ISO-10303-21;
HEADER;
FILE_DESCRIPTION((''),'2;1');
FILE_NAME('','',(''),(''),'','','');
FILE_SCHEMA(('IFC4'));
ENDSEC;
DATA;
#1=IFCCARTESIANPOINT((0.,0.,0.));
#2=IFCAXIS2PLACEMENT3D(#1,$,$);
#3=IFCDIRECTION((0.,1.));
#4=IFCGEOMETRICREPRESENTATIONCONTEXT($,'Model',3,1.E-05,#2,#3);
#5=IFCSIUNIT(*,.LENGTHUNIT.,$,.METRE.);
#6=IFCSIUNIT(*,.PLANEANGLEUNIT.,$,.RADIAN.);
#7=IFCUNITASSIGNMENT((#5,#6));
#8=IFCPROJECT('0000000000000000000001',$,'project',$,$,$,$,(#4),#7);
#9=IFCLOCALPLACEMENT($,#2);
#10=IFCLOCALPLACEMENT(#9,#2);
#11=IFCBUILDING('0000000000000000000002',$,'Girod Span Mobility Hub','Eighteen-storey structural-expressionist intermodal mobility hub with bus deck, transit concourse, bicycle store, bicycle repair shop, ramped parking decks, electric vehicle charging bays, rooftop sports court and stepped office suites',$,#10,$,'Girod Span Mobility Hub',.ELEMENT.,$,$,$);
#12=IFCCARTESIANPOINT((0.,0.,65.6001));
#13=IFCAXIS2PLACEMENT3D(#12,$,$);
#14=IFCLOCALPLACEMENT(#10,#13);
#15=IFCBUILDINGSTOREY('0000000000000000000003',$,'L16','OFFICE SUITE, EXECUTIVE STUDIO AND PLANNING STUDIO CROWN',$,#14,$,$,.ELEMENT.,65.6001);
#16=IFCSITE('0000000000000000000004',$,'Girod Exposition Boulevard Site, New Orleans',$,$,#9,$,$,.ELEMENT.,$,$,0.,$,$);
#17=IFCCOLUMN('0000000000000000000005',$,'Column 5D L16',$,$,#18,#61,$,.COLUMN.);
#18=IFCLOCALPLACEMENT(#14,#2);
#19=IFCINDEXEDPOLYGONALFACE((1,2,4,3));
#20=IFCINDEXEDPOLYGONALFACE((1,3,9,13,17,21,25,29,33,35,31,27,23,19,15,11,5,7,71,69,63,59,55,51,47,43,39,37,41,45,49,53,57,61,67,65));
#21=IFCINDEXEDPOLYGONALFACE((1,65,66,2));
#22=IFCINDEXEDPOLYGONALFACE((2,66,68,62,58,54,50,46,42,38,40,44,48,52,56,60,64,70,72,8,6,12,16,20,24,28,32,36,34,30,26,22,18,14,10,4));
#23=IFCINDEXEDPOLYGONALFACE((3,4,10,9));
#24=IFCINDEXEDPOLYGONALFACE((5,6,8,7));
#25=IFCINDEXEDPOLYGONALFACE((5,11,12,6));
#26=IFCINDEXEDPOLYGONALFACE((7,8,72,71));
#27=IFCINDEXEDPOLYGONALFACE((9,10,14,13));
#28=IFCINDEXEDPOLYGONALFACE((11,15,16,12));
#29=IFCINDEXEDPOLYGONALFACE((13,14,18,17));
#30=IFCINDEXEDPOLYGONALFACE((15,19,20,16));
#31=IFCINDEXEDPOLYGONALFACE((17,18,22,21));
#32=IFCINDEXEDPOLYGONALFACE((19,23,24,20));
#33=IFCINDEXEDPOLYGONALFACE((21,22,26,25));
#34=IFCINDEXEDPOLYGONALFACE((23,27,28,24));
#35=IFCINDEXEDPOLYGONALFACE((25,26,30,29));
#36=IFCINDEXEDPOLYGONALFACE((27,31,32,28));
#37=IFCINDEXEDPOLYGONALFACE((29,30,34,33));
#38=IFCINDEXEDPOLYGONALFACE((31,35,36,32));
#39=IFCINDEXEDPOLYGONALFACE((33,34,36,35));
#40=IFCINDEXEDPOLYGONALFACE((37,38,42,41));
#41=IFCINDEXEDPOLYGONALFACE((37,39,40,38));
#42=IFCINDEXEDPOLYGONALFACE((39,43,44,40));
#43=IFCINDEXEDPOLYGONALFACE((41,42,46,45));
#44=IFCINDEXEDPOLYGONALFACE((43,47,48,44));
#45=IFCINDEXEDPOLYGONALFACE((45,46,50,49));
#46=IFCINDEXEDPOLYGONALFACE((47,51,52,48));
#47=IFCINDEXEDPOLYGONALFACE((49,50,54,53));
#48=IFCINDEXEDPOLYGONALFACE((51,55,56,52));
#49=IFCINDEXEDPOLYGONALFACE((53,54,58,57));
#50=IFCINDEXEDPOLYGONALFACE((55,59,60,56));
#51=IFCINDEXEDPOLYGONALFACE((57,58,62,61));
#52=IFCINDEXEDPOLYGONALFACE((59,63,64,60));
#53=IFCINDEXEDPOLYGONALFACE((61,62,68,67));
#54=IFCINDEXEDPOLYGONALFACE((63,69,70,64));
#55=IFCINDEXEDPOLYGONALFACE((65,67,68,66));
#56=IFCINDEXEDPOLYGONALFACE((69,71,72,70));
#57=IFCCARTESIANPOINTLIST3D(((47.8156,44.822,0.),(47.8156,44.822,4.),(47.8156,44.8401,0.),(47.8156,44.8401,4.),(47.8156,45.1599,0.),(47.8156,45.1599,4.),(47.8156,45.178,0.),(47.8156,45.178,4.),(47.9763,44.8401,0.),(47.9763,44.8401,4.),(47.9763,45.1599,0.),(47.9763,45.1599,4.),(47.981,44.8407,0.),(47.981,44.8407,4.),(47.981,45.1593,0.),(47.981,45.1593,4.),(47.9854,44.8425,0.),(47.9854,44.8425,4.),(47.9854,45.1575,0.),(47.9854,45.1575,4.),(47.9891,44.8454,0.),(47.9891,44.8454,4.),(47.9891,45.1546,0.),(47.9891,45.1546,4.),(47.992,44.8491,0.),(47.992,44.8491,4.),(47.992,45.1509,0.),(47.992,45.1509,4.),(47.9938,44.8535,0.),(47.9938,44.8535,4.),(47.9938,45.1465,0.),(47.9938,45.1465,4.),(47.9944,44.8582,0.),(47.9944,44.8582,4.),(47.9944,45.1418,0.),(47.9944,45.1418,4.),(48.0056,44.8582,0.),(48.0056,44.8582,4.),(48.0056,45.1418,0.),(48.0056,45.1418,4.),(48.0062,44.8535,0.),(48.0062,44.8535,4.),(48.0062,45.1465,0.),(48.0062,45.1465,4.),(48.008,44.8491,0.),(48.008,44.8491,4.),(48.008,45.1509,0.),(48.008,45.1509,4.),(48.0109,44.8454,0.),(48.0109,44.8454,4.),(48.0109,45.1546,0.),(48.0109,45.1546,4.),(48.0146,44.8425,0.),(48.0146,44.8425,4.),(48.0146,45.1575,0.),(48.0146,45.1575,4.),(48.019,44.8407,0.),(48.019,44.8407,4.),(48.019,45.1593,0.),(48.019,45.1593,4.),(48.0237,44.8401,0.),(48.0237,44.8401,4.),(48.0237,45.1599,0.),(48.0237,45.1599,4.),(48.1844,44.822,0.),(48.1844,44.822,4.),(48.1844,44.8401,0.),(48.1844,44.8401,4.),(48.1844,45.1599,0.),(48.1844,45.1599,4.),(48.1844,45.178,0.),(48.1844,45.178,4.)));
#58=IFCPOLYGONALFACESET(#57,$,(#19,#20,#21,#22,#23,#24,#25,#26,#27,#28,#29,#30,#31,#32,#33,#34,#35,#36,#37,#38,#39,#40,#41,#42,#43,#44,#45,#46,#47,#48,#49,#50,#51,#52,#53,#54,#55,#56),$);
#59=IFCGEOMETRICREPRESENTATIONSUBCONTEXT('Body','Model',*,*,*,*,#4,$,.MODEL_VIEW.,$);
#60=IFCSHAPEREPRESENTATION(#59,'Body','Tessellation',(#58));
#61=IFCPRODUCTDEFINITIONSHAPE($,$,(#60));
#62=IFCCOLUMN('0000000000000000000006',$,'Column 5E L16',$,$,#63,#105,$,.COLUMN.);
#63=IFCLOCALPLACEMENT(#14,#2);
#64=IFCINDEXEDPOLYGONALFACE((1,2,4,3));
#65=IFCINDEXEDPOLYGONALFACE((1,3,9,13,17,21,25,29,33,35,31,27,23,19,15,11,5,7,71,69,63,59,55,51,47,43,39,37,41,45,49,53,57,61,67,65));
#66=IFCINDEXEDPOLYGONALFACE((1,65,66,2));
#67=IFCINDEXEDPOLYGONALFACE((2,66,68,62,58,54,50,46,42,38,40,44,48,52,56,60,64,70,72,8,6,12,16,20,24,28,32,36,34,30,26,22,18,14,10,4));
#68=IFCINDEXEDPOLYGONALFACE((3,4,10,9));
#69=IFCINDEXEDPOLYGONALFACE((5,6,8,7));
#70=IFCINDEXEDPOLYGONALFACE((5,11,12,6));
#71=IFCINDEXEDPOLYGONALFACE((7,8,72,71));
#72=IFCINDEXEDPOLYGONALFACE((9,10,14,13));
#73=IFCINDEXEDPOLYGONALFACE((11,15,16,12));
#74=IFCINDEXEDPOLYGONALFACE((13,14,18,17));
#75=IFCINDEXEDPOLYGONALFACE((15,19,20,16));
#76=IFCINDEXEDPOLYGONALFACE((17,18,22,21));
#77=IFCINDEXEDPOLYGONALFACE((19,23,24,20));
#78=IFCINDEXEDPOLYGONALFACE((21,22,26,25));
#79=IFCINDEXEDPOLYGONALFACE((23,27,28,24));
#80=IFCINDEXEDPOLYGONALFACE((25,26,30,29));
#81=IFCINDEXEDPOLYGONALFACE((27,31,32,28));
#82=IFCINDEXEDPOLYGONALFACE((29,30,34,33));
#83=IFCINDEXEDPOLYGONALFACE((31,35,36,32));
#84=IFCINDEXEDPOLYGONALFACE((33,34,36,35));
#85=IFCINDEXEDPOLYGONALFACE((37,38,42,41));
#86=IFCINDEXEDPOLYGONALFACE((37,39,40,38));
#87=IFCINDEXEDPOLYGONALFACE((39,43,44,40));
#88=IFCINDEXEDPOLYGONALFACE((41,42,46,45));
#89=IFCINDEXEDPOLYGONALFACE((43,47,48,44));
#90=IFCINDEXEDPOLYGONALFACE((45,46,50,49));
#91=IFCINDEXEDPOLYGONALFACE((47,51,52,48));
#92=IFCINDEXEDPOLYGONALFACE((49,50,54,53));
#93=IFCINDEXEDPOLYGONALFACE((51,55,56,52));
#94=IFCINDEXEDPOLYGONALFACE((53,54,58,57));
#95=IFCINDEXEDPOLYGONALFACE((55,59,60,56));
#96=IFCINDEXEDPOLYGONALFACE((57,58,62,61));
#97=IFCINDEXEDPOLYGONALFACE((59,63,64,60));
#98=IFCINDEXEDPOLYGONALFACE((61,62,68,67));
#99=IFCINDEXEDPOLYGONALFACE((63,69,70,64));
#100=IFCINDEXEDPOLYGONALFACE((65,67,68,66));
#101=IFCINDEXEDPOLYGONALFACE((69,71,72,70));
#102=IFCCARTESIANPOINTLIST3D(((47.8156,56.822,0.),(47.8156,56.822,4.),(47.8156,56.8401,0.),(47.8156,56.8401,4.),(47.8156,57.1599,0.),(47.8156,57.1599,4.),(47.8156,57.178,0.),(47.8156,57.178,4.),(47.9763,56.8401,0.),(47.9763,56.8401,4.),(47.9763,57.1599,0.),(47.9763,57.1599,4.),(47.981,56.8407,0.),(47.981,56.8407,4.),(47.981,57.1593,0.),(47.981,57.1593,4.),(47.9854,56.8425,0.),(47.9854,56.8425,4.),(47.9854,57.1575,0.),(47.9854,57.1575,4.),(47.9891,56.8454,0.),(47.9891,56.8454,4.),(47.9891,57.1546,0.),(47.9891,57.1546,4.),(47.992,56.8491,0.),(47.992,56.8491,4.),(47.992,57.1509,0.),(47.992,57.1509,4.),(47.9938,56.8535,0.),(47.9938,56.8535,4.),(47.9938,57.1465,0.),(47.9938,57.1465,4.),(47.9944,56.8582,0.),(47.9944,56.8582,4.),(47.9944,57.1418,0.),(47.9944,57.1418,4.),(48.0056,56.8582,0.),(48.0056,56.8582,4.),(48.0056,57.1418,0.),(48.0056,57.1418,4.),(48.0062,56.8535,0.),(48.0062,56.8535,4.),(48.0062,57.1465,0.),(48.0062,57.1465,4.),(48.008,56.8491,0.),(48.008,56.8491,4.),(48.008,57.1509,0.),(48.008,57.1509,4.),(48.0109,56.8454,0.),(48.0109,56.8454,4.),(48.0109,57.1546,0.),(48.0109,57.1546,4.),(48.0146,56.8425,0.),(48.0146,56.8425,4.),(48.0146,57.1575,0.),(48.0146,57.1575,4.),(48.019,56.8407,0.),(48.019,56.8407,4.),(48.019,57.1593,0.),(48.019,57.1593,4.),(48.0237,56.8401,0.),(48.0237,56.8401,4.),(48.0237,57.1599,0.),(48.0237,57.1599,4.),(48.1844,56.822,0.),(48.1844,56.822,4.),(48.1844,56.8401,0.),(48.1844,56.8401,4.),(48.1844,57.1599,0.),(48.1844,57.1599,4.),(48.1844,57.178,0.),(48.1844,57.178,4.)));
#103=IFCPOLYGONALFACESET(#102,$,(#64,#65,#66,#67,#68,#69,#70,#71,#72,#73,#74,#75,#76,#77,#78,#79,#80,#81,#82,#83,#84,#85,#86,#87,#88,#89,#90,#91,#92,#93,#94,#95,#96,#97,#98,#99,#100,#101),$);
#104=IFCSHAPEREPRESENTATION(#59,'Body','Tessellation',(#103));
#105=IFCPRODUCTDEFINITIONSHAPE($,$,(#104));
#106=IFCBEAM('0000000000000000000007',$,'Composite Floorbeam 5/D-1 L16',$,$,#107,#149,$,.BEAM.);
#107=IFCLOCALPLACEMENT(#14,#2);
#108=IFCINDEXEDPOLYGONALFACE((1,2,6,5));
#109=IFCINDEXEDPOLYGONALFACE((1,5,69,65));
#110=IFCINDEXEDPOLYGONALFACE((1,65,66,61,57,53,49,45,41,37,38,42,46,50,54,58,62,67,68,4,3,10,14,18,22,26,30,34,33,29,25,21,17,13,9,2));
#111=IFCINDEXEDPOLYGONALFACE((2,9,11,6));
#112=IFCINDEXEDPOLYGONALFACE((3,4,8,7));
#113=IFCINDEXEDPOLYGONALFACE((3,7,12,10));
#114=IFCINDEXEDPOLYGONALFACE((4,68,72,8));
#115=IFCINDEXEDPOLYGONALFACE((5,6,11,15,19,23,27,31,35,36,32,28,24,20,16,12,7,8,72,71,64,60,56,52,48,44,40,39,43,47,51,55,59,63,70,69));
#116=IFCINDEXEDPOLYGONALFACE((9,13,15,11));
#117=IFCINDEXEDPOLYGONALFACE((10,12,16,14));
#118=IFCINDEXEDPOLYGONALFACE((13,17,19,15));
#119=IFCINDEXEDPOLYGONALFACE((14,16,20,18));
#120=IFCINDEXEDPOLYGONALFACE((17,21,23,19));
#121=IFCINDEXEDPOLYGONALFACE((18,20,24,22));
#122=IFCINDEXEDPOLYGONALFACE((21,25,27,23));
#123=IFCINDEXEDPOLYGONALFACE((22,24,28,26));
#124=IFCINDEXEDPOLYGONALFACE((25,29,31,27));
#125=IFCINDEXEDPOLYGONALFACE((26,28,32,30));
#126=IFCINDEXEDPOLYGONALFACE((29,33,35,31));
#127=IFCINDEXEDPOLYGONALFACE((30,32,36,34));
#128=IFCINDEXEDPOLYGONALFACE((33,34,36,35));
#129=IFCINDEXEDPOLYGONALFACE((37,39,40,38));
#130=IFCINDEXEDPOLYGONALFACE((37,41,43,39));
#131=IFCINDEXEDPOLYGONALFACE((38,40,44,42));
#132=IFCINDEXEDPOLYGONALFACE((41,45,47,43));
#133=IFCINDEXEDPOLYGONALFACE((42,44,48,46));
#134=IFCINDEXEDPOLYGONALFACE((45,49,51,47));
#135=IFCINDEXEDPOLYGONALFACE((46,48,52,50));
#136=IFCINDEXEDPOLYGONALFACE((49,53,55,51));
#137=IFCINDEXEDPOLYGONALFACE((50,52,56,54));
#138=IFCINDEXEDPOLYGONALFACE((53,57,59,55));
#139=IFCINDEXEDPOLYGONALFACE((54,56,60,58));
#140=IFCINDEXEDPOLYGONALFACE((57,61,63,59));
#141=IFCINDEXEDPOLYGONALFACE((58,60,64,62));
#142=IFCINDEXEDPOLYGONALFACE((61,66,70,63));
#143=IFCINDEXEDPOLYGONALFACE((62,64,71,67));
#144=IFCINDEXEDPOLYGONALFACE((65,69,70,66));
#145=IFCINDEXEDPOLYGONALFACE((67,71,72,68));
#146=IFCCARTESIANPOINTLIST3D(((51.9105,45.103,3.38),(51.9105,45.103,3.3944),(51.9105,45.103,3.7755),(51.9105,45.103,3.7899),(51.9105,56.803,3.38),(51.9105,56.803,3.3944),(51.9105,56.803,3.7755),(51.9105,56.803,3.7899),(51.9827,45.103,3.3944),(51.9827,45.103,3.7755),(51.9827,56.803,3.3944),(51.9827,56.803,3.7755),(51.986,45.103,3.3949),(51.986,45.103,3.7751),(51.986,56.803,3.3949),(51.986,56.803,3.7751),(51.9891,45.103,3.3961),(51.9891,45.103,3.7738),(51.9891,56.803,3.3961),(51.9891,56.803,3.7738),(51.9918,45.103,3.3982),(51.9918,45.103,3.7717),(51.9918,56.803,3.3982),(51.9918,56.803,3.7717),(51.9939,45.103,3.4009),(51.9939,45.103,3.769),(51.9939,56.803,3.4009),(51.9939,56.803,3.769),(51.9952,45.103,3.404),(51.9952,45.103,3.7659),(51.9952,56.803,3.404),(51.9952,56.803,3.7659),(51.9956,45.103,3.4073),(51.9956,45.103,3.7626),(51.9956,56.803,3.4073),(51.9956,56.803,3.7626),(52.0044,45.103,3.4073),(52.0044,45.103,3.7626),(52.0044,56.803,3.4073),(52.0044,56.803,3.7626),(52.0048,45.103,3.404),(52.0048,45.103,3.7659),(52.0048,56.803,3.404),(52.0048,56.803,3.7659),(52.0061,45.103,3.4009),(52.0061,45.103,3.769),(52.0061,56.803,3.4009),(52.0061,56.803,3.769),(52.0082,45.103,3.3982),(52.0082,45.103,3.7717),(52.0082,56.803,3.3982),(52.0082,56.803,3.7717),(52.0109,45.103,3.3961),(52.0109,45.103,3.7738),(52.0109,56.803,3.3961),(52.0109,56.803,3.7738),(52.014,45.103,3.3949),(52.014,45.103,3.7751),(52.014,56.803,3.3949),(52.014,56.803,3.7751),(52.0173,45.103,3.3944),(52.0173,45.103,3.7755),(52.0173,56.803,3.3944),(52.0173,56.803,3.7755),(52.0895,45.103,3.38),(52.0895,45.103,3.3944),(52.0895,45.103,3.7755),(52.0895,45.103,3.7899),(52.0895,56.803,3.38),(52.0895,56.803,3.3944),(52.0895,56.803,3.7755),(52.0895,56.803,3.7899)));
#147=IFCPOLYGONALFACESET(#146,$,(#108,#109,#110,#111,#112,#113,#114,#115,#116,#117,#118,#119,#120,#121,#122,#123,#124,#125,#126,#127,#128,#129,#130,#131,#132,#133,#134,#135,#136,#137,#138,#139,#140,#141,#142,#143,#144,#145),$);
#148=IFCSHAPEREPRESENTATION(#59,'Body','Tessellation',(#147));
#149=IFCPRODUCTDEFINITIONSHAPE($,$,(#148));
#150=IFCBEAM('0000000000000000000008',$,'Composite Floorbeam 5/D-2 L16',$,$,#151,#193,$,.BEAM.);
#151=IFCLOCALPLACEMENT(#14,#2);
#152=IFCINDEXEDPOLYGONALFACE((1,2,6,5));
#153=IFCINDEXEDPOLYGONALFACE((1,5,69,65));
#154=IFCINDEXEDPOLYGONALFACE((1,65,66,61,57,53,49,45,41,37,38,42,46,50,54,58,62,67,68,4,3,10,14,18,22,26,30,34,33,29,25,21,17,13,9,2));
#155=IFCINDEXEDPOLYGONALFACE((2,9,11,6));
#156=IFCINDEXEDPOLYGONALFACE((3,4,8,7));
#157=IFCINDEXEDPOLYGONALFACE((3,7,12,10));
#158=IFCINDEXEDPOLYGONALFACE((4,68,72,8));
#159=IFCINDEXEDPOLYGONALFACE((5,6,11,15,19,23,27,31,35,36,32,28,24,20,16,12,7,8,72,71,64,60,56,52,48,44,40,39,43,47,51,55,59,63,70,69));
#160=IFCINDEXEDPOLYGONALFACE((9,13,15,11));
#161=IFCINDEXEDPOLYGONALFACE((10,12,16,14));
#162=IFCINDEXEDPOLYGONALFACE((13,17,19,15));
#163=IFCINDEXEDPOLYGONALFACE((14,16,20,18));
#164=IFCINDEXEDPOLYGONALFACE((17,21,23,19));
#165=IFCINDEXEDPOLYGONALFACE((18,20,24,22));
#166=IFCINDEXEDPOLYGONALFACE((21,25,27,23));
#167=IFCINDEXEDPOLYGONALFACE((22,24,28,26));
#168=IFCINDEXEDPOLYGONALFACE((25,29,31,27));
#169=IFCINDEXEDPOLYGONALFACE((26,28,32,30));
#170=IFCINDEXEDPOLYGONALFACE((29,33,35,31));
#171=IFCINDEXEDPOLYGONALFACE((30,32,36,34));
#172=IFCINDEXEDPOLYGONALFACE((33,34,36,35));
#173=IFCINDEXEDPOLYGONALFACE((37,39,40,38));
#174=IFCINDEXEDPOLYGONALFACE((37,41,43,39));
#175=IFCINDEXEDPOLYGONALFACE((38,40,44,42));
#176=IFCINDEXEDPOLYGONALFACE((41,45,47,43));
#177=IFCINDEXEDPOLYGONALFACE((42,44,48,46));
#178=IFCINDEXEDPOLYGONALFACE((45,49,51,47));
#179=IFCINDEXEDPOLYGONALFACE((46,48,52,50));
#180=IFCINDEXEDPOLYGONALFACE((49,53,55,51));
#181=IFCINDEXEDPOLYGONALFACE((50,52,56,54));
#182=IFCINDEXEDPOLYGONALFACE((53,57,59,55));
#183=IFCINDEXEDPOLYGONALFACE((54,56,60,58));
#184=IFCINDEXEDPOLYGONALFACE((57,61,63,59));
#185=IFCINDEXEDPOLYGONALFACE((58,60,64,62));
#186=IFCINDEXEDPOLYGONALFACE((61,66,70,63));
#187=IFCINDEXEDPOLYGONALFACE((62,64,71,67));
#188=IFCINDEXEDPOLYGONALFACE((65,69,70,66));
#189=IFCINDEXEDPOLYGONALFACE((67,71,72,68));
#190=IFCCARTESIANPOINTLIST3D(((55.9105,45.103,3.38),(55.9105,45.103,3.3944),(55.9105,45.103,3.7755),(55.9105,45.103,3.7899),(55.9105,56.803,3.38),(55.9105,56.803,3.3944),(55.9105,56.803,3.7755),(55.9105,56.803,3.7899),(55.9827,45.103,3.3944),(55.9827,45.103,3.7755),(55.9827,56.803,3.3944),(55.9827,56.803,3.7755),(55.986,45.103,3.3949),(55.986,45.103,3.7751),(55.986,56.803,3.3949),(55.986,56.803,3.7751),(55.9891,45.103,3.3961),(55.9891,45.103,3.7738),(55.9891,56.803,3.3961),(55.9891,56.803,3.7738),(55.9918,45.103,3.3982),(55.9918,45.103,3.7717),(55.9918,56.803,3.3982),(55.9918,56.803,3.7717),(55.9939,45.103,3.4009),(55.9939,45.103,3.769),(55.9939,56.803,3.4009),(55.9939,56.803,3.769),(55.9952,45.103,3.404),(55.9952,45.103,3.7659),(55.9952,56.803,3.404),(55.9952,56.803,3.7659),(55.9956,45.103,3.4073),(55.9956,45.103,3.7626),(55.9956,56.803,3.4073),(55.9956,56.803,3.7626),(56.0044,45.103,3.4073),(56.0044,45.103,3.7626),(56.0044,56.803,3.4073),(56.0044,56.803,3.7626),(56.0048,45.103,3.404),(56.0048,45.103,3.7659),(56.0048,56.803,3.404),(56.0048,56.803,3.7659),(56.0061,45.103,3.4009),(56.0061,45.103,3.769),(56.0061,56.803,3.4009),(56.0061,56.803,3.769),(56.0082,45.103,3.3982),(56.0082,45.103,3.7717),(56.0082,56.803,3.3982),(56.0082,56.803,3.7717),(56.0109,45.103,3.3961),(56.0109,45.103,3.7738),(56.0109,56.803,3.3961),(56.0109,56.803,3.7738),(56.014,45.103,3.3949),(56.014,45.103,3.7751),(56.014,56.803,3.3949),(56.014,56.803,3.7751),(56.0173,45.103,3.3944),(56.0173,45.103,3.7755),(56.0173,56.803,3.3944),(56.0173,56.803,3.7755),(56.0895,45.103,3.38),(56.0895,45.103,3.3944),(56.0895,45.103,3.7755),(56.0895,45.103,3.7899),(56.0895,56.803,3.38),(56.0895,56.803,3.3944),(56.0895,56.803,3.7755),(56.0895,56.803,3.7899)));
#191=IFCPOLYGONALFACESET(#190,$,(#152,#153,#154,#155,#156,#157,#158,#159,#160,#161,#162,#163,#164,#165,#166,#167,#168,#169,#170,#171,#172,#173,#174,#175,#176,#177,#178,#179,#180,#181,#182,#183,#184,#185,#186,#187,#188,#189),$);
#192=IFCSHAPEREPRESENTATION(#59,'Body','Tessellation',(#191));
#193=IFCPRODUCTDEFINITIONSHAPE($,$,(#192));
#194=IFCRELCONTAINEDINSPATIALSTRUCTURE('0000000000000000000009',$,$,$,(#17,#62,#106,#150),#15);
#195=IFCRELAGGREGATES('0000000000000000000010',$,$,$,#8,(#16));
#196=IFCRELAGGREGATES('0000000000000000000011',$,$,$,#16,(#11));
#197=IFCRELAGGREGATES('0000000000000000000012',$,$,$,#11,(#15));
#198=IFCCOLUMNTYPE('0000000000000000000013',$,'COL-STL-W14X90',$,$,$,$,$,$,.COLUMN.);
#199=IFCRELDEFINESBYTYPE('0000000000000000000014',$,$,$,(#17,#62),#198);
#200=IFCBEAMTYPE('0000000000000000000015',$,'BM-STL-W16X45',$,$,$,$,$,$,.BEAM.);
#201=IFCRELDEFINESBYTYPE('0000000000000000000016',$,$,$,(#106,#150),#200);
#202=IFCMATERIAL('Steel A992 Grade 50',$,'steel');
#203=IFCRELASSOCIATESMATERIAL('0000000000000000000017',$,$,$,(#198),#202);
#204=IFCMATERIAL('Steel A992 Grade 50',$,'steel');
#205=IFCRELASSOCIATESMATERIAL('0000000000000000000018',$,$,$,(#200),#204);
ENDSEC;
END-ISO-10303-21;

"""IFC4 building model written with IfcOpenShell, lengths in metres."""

from ifc_helpers import new_model, si_unit, direction, frame, origin, origin_2d, place, context, subcontext, project, spatial, i_section, extrude, material, material_profile, profile_set, type_object, element, save


model = new_model("IFC4")

# Units and contexts
model_context = context("Model", 3, precision=1e-05, world=origin(), true_north=direction((0.0, 1.0)))
body_context = subcontext(model_context, "Body", "Model", "MODEL_VIEW")
ifc_project = project(units=[si_unit("LENGTHUNIT", "METRE"), si_unit("PLANEANGLEUNIT", "RADIAN")], contexts=[model_context])

# Site, building, storey
site_placement = place(None, origin())
site = spatial("IfcSite", under=ifc_project, at=site_placement, Name="Girod Exposition Boulevard Site, New Orleans", CompositionType="ELEMENT", RefElevation=0.0)
building_placement = place(site_placement, origin())
building = spatial("IfcBuilding", under=site, at=building_placement, Name="Girod Span Mobility Hub", Description="Eighteen-storey structural-expressionist intermodal mobility hub with bus deck, transit concourse, bicycle store, bicycle repair shop, ramped parking decks, electric vehicle charging bays, rooftop sports court and stepped office suites", LongName="Girod Span Mobility Hub", CompositionType="ELEMENT")
storey_placement = place(building_placement, frame((0.0, 0.0, 65.6001)))
storey = spatial("IfcBuildingStorey", under=building, at=storey_placement, Name="L16", Description="OFFICE SUITE, EXECUTIVE STUDIO AND PLANNING STUDIO CROWN", CompositionType="ELEMENT", Elevation=65.6001)

# Columns
ifc_material_1 = material(Name="Steel A992 Grade 50", Category="steel")
ifc_material_profile_1 = material_profile(ifc_material_1, i_section(OverallWidth=0.3689, OverallDepth=0.356, WebThickness=0.0112, FlangeThickness=0.0181, FilletRadius=0.0181, at=origin_2d()), Name="W14X90")
ifc_profile_set_1 = profile_set([ifc_material_profile_1], Name="Steel A992 Grade 50")
column_type = type_object("IfcColumnType", Name="COL-STL-W14X90", PredefinedType="COLUMN", material=ifc_profile_set_1)
for number, where, z_axis, x_axis, name in (
    (1, (48.0, 45.0, 0.0), (0.0, 0.0, 1.0), (1.0, 0.0, 0.0), "Column 5D L16"),
    (2, (48.0, 57.0, 0.0), (0.0, 0.0, 1.0), (1.0, 0.0, 0.0), "Column 5E L16"),
):
    element("IfcColumn", number, at=place(storey_placement, frame(where, z_axis=z_axis, x_axis=x_axis)), inside=storey, type_object=column_type, Name=name, PredefinedType="COLUMN", context=body_context, shape_type="SweptSolid", body=[
        extrude(i_section(OverallWidth=0.3689, OverallDepth=0.356, WebThickness=0.0112, FlangeThickness=0.0181, FilletRadius=0.0181, at=origin_2d()), origin(), (0.0, 0.0, 1.0), 4.0),
    ])

# Beams
ifc_material_2 = material(Name="Steel A992 Grade 50", Category="steel")
ifc_material_profile_2 = material_profile(ifc_material_2, i_section(OverallWidth=0.179, OverallDepth=0.4099, WebThickness=0.0088, FlangeThickness=0.0144, FilletRadius=0.0129, at=origin_2d()), Name="W16X45")
ifc_profile_set_2 = profile_set([ifc_material_profile_2], Name="Steel A992 Grade 50")
beam_type_1 = type_object("IfcBeamType", Name="BM-STL-W16X45", PredefinedType="BEAM", material=ifc_profile_set_2)
for number, where, z_axis, x_axis, name in (
    (3, (52.0, 45.103, 3.585), (0.0, 1.0, 0.0), (-1.0, 0.0, 0.0), "Composite Floorbeam 5/D-1 L16"),
    (4, (56.0, 45.103, 3.585), (0.0, 1.0, 0.0), (-1.0, 0.0, 0.0), "Composite Floorbeam 5/D-2 L16"),
):
    element("IfcBeam", number, at=place(storey_placement, frame(where, z_axis=z_axis, x_axis=x_axis)), inside=storey, type_object=beam_type_1, Name=name, PredefinedType="BEAM", context=body_context, shape_type="SweptSolid", body=[
        extrude(i_section(OverallWidth=0.179, OverallDepth=0.4099, WebThickness=0.0088, FlangeThickness=0.0144, FilletRadius=0.0129, at=origin_2d()), origin(), (0.0, 0.0, 1.0), 11.7),
    ])

save(model, "model.ifc")
